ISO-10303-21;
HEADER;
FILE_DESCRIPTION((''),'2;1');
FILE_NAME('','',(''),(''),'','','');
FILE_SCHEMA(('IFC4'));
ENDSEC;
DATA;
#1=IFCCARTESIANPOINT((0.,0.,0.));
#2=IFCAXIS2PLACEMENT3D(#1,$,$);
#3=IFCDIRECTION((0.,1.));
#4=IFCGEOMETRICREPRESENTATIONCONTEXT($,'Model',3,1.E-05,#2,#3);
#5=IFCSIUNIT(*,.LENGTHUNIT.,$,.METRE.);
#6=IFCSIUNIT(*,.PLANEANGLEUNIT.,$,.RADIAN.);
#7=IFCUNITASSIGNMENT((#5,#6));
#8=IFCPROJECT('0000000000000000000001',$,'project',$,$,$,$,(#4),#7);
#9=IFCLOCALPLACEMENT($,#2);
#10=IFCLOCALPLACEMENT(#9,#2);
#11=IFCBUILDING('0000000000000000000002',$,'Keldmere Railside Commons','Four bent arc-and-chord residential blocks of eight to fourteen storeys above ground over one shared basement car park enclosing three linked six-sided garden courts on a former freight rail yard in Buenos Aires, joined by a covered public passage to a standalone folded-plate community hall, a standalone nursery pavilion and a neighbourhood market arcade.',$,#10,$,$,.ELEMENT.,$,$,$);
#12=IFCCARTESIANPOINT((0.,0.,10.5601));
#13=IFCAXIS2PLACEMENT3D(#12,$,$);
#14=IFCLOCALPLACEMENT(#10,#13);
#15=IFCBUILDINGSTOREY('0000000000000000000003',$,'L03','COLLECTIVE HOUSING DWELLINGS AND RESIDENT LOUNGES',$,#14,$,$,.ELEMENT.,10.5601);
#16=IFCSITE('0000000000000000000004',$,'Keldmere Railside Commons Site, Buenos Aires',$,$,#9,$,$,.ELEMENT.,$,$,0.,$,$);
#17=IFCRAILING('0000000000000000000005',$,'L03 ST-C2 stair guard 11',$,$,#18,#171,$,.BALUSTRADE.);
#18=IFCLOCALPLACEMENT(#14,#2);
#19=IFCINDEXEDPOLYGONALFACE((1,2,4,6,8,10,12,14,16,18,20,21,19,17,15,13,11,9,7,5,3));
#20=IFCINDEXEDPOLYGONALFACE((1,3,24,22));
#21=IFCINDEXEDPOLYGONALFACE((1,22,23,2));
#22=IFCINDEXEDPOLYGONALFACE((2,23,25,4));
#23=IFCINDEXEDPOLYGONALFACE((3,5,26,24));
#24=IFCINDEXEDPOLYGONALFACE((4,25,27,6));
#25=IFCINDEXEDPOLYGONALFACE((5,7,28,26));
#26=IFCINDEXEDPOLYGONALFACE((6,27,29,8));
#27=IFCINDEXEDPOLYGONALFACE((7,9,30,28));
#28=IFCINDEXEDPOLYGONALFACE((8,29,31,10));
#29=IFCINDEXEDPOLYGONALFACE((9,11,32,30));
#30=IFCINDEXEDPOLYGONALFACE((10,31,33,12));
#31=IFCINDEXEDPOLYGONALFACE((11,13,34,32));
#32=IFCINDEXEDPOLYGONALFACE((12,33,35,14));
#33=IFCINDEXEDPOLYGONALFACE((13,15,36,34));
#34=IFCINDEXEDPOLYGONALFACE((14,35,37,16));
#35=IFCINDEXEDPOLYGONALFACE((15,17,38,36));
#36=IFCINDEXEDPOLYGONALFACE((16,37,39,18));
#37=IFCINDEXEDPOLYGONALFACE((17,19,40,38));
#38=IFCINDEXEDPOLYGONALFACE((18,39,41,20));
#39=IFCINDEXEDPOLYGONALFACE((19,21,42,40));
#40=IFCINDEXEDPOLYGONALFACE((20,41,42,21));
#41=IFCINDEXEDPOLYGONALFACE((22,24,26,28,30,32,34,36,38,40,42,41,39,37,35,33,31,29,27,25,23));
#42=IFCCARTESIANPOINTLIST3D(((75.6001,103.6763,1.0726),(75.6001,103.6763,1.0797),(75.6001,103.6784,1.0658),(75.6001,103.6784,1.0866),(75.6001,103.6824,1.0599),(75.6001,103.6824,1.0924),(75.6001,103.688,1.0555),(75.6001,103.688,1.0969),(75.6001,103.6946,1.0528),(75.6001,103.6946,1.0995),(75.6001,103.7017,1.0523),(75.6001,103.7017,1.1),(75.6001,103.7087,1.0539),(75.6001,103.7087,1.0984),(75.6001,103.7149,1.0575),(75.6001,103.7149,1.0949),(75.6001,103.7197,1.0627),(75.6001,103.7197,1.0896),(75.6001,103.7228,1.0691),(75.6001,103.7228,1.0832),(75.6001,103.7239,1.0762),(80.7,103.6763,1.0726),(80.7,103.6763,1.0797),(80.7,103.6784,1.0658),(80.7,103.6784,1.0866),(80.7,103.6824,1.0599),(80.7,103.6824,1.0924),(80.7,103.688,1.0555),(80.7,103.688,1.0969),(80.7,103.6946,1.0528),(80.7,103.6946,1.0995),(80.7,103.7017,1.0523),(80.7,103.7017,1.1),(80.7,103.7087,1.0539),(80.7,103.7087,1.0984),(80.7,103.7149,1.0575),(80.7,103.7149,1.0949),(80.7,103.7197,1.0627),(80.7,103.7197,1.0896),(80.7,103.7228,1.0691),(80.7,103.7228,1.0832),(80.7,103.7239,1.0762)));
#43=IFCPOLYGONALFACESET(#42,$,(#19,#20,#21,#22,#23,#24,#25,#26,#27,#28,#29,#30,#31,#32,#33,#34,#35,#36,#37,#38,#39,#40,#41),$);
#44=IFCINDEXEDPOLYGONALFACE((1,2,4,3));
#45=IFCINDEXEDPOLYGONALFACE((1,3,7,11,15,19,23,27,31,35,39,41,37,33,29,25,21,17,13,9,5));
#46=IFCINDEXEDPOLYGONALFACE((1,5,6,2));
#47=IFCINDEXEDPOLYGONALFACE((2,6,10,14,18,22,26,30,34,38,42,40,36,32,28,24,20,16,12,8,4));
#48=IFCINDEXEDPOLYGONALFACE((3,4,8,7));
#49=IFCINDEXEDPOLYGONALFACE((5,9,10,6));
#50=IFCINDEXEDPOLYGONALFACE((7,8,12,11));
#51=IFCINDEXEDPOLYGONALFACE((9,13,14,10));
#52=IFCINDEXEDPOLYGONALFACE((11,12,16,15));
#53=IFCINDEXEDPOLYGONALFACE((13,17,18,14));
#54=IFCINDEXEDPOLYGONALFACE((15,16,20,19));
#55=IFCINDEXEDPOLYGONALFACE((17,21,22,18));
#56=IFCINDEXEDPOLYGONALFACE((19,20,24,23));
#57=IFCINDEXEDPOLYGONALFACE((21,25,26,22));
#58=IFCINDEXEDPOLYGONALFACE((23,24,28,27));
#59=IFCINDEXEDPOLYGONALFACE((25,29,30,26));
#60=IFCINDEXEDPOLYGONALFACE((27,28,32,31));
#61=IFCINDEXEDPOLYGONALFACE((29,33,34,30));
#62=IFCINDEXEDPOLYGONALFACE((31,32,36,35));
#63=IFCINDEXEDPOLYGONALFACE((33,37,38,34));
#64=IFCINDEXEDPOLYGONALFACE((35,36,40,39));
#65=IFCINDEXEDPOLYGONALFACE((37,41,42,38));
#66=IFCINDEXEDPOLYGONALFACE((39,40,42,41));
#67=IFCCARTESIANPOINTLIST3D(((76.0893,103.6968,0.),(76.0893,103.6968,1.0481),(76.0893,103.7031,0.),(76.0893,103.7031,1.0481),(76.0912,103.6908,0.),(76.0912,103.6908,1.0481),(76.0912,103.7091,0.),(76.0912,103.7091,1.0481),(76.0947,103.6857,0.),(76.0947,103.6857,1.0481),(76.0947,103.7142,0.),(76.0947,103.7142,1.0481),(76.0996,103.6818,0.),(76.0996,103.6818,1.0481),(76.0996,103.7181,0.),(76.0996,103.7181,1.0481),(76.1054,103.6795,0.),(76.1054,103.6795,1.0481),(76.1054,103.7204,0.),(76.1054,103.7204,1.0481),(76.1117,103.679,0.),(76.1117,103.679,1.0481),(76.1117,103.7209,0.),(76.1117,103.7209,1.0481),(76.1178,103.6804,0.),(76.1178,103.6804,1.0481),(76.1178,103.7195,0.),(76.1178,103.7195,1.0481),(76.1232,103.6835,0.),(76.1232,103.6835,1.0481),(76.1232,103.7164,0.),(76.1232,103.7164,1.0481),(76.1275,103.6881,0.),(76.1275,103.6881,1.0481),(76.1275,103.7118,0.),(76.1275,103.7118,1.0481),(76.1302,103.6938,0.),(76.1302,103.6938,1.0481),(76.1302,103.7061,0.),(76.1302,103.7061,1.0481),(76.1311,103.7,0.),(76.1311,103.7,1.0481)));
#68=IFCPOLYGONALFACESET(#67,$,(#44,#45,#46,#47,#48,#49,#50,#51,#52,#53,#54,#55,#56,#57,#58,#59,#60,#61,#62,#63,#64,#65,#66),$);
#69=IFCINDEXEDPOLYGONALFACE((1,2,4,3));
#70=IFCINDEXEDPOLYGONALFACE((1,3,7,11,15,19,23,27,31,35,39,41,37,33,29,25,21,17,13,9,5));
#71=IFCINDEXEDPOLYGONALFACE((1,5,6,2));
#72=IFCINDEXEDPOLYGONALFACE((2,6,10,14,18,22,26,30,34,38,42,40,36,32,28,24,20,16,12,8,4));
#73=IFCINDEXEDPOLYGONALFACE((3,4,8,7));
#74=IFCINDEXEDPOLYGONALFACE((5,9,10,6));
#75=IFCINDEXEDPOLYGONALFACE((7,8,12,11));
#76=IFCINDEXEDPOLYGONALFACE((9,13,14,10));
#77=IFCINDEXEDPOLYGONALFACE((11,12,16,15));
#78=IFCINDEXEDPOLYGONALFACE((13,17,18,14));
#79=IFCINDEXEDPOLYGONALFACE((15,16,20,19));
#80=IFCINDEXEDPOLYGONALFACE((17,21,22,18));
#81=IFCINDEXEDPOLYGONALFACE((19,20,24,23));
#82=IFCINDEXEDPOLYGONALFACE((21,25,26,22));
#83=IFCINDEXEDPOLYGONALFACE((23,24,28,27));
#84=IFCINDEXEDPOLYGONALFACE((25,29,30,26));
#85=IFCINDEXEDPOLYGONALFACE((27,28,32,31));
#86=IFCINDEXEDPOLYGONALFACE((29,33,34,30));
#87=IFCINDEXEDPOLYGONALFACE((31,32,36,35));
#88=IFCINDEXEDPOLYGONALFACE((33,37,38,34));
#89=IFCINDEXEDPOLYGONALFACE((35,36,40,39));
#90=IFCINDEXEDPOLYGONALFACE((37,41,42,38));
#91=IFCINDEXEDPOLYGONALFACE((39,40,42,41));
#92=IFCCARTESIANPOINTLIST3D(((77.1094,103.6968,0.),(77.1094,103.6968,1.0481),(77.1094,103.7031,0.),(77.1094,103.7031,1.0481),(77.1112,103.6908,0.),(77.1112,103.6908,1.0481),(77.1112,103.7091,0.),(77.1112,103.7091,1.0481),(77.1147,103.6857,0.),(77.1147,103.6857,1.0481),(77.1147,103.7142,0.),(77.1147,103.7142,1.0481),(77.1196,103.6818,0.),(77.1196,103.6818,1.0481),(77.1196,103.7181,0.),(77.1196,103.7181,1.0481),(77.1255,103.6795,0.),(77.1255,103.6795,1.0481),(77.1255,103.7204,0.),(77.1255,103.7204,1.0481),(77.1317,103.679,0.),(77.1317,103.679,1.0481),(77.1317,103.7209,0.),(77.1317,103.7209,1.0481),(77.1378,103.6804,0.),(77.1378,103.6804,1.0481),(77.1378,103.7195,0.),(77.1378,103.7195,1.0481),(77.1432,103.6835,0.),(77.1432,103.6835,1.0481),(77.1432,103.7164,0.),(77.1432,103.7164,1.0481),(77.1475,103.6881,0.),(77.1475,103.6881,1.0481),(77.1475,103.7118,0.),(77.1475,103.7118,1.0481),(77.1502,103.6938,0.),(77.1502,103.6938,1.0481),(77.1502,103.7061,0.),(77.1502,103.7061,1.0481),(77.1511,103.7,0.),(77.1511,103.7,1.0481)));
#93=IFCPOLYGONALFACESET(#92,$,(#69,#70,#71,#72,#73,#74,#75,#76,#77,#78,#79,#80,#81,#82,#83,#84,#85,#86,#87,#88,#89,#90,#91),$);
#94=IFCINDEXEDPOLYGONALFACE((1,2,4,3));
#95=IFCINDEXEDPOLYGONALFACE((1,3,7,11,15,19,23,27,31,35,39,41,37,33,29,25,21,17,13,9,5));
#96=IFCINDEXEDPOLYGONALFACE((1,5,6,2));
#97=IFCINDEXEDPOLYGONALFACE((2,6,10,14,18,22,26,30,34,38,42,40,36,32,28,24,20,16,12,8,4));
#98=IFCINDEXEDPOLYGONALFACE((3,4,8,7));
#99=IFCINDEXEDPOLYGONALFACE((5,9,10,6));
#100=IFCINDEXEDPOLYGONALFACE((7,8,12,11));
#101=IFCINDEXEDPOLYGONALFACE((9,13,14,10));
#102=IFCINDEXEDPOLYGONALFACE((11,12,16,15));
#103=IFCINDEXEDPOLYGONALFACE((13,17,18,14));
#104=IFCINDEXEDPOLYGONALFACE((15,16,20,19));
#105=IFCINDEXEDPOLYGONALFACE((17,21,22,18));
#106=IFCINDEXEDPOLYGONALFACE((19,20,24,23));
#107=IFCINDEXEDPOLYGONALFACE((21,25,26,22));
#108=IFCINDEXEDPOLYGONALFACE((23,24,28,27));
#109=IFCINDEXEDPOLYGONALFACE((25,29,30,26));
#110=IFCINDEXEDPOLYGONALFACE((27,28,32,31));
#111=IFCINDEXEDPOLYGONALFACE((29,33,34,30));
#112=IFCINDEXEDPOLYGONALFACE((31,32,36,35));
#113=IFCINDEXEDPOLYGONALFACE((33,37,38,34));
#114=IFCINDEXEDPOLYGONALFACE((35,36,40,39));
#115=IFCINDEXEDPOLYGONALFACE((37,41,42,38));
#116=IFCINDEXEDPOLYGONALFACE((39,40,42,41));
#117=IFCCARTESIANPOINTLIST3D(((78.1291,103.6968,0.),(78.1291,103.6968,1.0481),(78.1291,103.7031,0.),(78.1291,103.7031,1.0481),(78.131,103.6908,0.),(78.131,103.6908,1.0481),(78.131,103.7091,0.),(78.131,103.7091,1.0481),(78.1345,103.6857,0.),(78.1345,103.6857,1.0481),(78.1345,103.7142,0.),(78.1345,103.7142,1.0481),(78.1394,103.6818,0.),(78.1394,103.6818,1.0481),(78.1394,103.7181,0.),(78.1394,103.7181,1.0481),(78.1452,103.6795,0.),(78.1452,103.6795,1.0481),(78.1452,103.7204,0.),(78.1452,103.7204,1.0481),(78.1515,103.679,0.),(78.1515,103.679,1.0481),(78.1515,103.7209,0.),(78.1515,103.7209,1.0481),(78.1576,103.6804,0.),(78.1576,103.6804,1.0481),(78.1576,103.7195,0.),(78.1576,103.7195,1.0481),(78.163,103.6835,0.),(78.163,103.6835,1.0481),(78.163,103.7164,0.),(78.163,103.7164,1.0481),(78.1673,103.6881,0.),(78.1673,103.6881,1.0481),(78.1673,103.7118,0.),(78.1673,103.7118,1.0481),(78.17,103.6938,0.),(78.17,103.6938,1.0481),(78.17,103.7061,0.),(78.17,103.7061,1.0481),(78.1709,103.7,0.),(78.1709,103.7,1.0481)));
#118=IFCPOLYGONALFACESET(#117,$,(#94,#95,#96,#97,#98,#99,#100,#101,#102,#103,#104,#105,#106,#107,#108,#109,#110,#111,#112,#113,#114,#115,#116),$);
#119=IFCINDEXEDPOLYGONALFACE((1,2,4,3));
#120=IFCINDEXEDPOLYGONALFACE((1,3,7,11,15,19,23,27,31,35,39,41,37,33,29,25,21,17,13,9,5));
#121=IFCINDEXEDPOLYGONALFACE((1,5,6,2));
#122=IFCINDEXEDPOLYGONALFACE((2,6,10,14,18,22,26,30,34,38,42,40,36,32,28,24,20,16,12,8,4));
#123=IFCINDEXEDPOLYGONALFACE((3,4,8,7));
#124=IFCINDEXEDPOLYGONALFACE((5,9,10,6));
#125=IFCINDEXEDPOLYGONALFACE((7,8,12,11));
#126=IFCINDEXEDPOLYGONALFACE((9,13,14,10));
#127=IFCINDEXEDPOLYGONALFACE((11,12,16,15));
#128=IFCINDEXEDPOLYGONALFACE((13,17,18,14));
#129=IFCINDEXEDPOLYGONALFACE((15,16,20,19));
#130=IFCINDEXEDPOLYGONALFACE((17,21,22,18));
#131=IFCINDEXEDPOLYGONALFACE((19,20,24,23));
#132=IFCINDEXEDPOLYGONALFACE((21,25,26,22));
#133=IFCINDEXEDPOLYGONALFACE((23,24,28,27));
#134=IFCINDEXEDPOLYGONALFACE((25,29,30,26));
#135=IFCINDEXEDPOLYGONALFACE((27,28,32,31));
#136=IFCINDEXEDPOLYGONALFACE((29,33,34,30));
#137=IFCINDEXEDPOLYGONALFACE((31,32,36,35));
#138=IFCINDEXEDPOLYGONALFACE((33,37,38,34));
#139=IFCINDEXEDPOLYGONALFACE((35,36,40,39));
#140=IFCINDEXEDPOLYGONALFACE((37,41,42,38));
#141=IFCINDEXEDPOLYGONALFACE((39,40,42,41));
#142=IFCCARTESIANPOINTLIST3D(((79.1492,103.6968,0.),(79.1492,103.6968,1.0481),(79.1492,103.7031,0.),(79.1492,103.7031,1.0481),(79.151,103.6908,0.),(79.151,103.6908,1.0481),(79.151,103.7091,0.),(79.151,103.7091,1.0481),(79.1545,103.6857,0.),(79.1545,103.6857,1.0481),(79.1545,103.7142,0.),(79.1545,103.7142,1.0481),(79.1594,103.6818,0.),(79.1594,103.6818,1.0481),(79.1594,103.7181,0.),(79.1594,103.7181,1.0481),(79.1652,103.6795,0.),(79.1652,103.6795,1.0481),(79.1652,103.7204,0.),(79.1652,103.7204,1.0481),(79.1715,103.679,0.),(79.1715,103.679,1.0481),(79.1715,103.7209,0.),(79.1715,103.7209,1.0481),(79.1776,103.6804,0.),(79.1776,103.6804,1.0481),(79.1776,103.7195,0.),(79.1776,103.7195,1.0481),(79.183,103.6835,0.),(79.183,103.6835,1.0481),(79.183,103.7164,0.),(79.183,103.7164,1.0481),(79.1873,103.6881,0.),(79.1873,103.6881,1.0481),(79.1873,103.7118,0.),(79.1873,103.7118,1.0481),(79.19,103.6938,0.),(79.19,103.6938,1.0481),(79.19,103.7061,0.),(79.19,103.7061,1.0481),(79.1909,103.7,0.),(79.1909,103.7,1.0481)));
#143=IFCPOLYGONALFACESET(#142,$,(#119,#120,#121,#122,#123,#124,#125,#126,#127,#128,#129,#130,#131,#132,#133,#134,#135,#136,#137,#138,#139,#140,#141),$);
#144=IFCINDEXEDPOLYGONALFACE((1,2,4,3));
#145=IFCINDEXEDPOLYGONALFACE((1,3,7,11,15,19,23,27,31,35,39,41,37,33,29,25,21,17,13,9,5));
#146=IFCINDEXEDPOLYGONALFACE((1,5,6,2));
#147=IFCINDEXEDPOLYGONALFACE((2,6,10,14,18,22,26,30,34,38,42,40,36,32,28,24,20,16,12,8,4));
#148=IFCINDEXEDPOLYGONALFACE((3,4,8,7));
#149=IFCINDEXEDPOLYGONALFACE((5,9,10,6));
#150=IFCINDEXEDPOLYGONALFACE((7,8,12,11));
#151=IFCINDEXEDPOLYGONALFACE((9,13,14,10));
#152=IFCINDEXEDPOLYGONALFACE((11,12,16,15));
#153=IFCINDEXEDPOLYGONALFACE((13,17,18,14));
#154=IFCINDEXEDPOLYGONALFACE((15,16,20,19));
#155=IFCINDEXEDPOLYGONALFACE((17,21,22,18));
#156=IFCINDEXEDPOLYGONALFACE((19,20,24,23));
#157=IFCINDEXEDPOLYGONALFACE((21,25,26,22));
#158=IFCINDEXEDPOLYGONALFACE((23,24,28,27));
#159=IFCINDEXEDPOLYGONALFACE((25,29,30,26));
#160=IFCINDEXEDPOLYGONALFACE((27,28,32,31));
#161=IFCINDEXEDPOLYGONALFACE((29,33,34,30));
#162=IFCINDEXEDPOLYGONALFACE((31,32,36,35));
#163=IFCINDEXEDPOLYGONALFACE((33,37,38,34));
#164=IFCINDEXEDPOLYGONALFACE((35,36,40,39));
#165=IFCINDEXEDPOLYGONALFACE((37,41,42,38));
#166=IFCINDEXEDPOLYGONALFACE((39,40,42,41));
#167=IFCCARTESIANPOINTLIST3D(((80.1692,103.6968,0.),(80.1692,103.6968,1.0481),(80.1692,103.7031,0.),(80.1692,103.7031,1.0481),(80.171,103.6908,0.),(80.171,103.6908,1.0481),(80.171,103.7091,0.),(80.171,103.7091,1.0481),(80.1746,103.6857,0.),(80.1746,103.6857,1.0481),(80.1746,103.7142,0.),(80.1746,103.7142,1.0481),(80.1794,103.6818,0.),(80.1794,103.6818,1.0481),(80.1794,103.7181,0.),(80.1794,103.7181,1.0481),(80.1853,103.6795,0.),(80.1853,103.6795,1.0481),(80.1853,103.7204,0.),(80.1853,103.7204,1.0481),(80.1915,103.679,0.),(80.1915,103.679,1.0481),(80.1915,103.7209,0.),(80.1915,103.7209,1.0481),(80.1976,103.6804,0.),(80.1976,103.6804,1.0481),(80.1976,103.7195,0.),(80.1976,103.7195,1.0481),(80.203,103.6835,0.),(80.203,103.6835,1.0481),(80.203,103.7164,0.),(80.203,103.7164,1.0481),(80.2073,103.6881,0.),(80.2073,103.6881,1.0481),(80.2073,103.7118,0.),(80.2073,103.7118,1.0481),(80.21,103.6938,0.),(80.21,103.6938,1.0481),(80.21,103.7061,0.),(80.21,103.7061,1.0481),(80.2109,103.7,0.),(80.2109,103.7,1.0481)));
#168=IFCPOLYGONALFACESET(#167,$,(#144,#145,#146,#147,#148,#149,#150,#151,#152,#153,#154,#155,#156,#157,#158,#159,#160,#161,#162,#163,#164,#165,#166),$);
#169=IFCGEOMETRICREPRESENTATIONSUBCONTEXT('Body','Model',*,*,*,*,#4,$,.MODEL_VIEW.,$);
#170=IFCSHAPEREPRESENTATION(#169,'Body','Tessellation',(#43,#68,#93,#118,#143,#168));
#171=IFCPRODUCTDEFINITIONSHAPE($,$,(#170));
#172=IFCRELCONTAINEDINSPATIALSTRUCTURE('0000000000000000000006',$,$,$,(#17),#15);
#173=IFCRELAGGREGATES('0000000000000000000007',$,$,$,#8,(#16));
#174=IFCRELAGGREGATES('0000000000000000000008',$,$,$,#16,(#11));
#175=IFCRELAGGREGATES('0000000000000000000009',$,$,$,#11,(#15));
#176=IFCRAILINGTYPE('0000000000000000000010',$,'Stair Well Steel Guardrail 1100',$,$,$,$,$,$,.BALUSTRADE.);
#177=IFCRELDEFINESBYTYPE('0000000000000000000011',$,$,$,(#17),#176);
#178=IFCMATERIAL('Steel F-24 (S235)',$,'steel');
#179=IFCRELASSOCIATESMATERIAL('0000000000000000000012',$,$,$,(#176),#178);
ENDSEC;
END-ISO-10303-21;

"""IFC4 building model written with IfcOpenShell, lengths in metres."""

from ifc_helpers import new_model, si_unit, direction, frame, origin, origin_2d, place, context, subcontext, project, spatial, circle, extrude, material, type_object, element, save


model = new_model("IFC4")

# Units and contexts
model_context = context("Model", 3, precision=1e-05, world=origin(), true_north=direction((0.0, 1.0)))
body_context = subcontext(model_context, "Body", "Model", "MODEL_VIEW")
ifc_project = project(units=[si_unit("LENGTHUNIT", "METRE"), si_unit("PLANEANGLEUNIT", "RADIAN")], contexts=[model_context])

# Site, building, storey
site_placement = place(None, origin())
site = spatial("IfcSite", under=ifc_project, at=site_placement, Name="Keldmere Railside Commons Site, Buenos Aires", CompositionType="ELEMENT", RefElevation=0.0)
building_placement = place(site_placement, origin())
building = spatial("IfcBuilding", under=site, at=building_placement, Name="Keldmere Railside Commons", Description="Four bent arc-and-chord residential blocks of eight to fourteen storeys above ground over one shared basement car park enclosing three linked six-sided garden courts on a former freight rail yard in Buenos Aires, joined by a covered public passage to a standalone folded-plate community hall, a standalone nursery pavilion and a neighbourhood market arcade.", CompositionType="ELEMENT")
storey_placement = place(building_placement, frame((0.0, 0.0, 10.5601)))
storey = spatial("IfcBuildingStorey", under=building, at=storey_placement, Name="L03", Description="COLLECTIVE HOUSING DWELLINGS AND RESIDENT LOUNGES", CompositionType="ELEMENT", Elevation=10.5601)

# Shared definitions
ifc_material_1 = material(Name="Steel F-24 (S235)", Category="steel")

# Railing
railing_type_1 = type_object("IfcRailingType", Name="Stair Well Steel Guardrail 1100", PredefinedType="BALUSTRADE", material=ifc_material_1)
railing_1_placement = place(storey_placement, frame((75.6001, 103.7, 0.0)))
element("IfcRailing", 1, at=railing_1_placement, inside=storey, type_object=railing_type_1, Name="L03 ST-C2 stair guard 11", PredefinedType="BALUSTRADE", context=body_context, shape_type="SweptSolid", body=[
    extrude(circle(Radius=0.0239, at=origin_2d()), frame((0.0, 0.0, 1.0762), z_axis=(1.0, 0.0, 0.0), x_axis=(0.0, 1.0, 0.0)), (0.0, 0.0, 1.0), 5.0999),
    extrude(circle(Radius=0.021, at=origin_2d()), frame((0.51, 0.0, 0.0)), (0.0, 0.0, 1.0), 1.0481),
    extrude(circle(Radius=0.021, at=origin_2d()), frame((1.53, 0.0, 0.0)), (0.0, 0.0, 1.0), 1.0481),
    extrude(circle(Radius=0.021, at=origin_2d()), frame((2.5498, 0.0, 0.0)), (0.0, 0.0, 1.0), 1.0481),
    extrude(circle(Radius=0.021, at=origin_2d()), frame((3.5698, 0.0, 0.0)), (0.0, 0.0, 1.0), 1.0481),
    extrude(circle(Radius=0.021, at=origin_2d()), frame((4.5898, 0.0, 0.0)), (0.0, 0.0, 1.0), 1.0481),
])

save(model, "model.ifc")
